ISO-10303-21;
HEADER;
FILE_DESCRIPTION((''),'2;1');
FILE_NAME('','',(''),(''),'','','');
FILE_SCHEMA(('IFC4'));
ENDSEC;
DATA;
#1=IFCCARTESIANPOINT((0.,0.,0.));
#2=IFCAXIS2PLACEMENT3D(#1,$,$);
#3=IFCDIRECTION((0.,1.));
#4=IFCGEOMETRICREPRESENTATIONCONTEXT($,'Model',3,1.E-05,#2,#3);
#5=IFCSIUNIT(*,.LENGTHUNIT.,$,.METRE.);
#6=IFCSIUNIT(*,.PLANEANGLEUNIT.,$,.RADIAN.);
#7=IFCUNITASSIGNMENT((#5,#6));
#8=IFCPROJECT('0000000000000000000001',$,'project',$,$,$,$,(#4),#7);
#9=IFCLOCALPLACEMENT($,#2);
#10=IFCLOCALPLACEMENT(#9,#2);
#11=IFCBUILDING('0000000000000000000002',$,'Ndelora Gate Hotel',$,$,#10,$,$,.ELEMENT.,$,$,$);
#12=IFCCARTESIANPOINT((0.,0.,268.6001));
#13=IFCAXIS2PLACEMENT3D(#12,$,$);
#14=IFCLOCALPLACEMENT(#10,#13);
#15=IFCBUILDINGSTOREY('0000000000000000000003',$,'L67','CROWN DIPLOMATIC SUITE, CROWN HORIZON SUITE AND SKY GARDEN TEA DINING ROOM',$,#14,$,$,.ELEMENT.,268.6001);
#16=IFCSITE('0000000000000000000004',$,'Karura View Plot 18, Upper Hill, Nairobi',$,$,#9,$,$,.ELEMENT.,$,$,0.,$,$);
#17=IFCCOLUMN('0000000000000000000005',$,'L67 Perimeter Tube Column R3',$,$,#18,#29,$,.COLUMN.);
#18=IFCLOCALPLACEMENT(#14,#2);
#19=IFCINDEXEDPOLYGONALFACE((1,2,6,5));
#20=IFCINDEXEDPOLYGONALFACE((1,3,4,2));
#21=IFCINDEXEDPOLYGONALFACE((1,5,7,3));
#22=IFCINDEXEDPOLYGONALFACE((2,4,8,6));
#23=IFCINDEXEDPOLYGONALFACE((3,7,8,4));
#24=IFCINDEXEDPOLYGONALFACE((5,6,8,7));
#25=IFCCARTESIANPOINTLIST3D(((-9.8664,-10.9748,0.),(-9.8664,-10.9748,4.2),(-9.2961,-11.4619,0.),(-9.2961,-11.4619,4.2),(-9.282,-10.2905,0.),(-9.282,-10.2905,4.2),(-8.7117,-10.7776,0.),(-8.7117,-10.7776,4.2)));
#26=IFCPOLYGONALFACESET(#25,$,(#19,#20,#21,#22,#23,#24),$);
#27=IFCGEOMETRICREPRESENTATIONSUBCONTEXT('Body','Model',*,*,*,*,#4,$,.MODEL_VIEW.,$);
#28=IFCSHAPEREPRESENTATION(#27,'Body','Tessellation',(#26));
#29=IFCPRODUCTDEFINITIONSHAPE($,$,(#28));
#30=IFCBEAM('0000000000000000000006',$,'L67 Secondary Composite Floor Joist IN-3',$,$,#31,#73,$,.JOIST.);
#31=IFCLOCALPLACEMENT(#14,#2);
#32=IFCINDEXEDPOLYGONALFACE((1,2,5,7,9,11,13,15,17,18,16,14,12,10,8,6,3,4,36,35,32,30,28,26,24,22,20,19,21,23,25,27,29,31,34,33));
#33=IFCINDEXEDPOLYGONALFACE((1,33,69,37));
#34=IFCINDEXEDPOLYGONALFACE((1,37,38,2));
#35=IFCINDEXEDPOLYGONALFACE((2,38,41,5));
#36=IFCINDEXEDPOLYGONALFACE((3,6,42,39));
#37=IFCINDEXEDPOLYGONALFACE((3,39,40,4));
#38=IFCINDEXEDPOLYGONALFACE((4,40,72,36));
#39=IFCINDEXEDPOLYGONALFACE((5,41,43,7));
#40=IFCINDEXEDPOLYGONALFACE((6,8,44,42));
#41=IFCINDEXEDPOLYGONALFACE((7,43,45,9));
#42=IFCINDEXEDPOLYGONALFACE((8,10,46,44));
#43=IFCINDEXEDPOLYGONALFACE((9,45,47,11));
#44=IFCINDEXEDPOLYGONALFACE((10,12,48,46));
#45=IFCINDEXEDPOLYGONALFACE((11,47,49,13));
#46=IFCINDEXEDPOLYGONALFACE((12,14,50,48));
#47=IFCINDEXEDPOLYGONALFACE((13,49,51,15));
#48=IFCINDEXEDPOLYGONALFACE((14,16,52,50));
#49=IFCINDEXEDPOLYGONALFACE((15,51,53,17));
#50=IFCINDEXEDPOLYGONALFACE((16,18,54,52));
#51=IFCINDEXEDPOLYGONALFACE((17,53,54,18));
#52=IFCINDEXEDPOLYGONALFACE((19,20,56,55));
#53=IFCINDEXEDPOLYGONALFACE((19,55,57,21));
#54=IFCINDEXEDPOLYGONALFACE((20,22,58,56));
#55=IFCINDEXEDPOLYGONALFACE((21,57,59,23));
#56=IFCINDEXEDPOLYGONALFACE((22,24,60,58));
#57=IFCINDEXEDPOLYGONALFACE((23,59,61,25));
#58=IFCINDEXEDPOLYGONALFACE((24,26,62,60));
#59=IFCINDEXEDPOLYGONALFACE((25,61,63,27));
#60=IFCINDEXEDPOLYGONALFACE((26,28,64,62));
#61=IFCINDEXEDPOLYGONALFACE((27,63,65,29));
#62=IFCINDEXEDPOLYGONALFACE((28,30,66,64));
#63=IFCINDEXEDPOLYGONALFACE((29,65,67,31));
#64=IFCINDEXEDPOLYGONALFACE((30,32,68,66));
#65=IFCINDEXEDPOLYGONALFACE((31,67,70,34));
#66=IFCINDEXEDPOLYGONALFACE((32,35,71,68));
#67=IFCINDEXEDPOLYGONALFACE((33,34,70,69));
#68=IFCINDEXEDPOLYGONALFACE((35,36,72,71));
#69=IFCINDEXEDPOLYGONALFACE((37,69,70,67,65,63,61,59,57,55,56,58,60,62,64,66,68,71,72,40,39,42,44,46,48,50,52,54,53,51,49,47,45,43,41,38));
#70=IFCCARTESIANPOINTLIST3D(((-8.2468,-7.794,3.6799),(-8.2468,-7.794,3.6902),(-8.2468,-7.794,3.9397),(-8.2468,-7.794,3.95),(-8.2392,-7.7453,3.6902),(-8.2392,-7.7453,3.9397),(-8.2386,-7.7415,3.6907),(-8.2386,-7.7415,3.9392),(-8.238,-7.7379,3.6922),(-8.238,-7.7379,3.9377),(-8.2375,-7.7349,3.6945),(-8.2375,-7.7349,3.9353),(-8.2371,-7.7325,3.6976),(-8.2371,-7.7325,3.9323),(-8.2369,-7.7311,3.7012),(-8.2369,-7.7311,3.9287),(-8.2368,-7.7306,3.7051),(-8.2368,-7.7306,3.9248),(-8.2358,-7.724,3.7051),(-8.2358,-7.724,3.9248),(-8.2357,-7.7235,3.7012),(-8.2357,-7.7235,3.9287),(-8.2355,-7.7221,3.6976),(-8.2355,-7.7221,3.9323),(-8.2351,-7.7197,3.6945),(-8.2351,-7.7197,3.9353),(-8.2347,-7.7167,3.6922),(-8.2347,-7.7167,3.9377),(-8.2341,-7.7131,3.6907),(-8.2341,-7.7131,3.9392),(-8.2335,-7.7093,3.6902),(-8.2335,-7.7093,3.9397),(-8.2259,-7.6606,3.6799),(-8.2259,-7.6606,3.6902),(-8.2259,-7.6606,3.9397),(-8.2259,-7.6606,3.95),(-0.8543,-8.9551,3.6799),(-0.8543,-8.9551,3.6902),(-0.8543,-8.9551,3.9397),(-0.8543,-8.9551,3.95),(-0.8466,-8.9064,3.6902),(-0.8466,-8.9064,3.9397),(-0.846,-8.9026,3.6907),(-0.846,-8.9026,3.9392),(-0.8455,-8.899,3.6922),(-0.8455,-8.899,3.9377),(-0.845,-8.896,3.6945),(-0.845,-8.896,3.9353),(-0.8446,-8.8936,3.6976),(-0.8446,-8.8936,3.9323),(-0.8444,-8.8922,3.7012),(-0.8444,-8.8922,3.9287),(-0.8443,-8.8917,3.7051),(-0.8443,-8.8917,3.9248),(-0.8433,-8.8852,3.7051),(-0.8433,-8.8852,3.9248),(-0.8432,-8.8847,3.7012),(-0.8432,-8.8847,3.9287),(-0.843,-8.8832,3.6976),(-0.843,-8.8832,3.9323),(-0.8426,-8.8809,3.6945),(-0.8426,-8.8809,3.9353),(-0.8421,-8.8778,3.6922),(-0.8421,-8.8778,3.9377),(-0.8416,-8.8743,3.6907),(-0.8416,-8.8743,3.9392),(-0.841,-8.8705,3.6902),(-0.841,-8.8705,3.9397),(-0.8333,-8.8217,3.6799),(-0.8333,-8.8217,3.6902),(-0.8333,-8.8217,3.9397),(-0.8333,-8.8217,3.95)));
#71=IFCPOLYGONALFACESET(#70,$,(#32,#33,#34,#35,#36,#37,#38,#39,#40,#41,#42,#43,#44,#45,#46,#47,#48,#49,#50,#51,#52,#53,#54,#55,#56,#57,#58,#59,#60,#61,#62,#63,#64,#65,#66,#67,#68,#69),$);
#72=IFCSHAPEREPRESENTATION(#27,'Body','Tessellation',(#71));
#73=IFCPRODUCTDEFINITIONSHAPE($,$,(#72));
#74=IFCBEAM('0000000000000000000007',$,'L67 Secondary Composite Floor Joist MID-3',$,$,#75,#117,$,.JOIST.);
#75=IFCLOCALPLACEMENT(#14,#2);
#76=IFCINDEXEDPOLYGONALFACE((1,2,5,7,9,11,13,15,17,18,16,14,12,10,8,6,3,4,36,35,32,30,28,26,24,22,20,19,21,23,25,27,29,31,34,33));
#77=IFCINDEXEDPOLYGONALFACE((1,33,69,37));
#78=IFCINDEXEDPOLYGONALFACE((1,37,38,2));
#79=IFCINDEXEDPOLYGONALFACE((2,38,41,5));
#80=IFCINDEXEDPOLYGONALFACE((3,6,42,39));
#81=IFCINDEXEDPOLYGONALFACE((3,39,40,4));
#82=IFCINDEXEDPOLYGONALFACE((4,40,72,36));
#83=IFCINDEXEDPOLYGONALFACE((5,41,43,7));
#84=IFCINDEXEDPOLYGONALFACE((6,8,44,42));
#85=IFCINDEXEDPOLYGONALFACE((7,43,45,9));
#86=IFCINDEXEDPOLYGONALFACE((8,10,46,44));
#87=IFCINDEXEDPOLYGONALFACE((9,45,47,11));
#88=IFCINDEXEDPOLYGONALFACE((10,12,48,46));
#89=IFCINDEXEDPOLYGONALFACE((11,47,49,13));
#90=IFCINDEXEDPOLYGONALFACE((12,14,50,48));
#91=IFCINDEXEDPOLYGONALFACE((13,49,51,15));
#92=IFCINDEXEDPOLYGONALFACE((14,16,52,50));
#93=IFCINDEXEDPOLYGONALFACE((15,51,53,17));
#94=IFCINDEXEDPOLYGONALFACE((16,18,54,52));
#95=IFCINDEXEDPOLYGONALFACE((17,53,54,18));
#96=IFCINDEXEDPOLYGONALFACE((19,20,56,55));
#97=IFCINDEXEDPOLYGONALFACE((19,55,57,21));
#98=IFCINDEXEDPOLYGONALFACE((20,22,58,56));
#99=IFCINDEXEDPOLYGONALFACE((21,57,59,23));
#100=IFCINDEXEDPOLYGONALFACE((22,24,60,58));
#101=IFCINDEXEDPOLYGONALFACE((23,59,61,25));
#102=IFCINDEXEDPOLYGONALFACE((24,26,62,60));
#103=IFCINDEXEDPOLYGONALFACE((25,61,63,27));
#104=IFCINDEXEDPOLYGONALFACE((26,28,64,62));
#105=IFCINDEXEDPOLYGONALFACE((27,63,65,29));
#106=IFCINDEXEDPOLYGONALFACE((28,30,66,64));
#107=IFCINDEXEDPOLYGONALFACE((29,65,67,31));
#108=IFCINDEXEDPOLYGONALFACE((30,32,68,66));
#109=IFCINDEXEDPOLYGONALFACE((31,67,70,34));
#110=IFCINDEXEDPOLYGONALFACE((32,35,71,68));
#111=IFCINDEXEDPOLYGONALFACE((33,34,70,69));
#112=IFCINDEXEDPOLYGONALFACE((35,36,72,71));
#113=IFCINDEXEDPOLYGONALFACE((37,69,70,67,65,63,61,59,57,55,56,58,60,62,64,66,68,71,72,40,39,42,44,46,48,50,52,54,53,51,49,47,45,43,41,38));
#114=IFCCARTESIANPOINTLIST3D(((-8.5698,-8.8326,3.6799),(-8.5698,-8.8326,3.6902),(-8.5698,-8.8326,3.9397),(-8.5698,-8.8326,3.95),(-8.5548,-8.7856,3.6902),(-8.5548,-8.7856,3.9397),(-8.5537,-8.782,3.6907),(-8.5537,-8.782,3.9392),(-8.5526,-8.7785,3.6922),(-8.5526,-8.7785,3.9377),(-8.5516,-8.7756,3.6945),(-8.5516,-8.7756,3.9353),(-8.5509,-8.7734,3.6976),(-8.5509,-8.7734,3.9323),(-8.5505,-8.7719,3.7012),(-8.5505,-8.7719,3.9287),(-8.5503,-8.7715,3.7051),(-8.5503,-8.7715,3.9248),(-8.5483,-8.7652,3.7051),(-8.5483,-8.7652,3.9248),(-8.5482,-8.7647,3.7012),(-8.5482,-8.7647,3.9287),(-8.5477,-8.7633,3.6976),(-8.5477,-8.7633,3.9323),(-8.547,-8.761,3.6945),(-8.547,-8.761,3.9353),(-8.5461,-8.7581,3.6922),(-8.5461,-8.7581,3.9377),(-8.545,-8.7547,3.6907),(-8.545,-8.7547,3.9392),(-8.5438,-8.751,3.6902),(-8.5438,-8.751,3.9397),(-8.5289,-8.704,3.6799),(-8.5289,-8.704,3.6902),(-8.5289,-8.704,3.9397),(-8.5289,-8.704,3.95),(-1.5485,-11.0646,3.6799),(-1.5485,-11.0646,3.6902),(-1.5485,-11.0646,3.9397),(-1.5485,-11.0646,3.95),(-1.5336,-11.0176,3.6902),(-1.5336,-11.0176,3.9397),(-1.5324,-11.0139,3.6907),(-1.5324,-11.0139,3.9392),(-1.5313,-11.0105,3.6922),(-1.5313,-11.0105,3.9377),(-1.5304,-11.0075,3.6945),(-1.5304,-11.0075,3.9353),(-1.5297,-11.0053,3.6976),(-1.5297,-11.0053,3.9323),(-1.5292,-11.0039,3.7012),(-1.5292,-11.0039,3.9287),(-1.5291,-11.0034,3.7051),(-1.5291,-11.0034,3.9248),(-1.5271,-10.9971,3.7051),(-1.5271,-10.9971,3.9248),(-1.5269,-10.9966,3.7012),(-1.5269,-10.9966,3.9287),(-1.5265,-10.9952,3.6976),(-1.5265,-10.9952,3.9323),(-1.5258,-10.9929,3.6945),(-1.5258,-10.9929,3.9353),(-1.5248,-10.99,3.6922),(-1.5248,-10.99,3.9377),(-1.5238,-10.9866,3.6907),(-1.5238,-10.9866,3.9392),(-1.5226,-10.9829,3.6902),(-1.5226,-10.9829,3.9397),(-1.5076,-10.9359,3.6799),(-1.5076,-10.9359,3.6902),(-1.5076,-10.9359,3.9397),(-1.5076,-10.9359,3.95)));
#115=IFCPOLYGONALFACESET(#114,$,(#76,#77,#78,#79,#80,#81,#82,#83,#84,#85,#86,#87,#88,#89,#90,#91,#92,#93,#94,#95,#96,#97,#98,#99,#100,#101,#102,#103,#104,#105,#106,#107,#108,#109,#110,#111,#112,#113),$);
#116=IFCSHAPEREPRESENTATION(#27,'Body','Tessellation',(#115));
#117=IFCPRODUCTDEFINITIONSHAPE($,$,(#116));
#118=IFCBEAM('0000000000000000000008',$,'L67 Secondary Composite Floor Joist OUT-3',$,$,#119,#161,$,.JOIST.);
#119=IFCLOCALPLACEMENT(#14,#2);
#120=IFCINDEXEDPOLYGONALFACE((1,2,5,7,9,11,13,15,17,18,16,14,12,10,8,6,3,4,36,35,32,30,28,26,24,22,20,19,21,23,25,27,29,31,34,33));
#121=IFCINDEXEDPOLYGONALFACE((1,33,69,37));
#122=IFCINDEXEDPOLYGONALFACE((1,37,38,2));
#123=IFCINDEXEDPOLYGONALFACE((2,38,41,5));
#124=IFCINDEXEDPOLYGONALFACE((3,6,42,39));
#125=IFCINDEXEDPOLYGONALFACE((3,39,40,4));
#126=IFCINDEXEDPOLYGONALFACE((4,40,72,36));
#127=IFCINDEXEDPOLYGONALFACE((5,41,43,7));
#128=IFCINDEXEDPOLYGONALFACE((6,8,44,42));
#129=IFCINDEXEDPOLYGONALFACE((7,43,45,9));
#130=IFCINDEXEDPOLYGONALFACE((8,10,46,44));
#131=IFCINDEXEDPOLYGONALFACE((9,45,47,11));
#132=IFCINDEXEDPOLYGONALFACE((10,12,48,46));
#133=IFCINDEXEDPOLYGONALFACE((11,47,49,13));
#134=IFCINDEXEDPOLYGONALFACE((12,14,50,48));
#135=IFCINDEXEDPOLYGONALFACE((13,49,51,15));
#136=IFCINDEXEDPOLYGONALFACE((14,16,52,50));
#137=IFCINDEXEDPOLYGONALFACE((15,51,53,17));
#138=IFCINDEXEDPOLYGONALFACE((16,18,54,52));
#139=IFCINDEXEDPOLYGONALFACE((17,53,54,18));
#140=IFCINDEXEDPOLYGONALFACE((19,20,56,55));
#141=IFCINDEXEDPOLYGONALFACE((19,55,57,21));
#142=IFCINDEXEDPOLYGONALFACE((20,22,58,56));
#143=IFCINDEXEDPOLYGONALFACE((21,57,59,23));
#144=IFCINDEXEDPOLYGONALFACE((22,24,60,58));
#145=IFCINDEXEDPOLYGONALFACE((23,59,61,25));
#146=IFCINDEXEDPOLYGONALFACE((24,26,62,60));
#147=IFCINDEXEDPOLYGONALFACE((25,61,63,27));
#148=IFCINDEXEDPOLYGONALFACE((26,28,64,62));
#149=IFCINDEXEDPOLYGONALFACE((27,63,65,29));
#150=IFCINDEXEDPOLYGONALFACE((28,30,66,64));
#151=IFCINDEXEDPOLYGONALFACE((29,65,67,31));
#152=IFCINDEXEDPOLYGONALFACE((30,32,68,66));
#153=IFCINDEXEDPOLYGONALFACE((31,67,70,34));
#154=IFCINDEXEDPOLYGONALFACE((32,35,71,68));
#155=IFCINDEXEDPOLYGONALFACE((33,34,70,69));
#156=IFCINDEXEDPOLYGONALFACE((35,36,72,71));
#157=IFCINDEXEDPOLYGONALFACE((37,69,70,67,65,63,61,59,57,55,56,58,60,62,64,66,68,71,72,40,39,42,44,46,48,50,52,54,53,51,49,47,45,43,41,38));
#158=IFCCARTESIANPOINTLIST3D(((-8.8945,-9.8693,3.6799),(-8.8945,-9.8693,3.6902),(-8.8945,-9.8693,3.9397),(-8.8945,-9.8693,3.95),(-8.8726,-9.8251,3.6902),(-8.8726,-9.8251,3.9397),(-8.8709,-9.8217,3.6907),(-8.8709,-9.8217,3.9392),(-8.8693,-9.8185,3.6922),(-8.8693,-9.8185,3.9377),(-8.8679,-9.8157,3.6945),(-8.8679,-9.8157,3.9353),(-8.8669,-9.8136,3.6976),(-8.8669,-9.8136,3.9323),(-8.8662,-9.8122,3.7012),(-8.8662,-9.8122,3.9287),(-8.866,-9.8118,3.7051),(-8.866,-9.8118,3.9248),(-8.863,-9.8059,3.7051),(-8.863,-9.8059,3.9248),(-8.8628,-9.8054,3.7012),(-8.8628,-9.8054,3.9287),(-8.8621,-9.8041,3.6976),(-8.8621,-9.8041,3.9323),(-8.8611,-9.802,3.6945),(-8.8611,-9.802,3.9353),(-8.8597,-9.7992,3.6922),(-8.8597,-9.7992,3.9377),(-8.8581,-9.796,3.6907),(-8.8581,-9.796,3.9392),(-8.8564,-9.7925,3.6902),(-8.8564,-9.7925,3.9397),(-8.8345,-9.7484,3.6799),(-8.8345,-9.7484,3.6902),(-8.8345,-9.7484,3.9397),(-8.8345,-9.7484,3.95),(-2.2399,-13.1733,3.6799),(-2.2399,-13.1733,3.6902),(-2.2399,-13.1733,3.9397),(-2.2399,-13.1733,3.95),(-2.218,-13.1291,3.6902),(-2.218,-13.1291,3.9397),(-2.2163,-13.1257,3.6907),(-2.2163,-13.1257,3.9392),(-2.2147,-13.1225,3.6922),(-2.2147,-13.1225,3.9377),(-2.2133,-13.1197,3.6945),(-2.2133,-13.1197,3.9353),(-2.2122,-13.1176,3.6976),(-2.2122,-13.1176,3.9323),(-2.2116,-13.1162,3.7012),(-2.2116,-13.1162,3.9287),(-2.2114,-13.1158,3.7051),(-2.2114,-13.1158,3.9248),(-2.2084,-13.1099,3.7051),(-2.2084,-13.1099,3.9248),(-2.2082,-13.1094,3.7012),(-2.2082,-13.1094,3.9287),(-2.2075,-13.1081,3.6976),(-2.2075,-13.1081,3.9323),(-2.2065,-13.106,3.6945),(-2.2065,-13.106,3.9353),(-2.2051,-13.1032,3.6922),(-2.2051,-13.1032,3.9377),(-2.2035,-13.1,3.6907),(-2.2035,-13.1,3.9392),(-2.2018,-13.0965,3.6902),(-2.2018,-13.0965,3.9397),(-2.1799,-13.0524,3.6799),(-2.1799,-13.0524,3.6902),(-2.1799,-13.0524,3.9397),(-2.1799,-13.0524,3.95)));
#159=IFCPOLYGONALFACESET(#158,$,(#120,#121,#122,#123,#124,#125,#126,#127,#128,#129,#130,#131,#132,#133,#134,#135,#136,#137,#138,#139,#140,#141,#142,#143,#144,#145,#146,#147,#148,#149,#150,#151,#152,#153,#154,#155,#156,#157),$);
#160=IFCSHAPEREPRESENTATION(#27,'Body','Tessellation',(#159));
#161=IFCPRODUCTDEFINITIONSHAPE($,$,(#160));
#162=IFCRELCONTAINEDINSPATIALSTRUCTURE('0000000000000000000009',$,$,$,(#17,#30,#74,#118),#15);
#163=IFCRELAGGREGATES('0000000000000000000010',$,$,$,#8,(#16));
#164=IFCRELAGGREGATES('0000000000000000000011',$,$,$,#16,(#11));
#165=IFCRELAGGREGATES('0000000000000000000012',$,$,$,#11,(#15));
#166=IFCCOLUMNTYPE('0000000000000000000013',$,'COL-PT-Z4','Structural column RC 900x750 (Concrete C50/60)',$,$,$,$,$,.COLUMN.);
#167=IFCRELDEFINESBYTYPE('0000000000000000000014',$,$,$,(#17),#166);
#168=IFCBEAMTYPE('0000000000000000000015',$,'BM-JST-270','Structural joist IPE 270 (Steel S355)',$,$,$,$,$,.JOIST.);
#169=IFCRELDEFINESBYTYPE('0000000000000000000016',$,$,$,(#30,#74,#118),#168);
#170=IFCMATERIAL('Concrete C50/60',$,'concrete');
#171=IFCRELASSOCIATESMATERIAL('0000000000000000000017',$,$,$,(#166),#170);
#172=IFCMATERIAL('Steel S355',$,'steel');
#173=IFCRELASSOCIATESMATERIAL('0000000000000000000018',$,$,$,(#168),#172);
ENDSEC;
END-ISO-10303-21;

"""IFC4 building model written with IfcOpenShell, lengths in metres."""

from ifc_helpers import new_model, si_unit, direction, frame, origin, origin_2d, place, context, subcontext, project, spatial, rectangle, i_section, extrude, material, material_profile, profile_set, type_object, element, save


model = new_model("IFC4")

# Units and contexts
model_context = context("Model", 3, precision=1e-05, world=origin(), true_north=direction((0.0, 1.0)))
body_context = subcontext(model_context, "Body", "Model", "MODEL_VIEW")
ifc_project = project(units=[si_unit("LENGTHUNIT", "METRE"), si_unit("PLANEANGLEUNIT", "RADIAN")], contexts=[model_context])

# Site, building, storey
site_placement = place(None, origin())
site = spatial("IfcSite", under=ifc_project, at=site_placement, Name="Karura View Plot 18, Upper Hill, Nairobi", CompositionType="ELEMENT", RefElevation=0.0)
building_placement = place(site_placement, origin())
building = spatial("IfcBuilding", under=site, at=building_placement, Name="Ndelora Gate Hotel", CompositionType="ELEMENT")
storey_placement = place(building_placement, frame((0.0, 0.0, 268.6001)))
storey = spatial("IfcBuildingStorey", under=building, at=storey_placement, Name="L67", Description="CROWN DIPLOMATIC SUITE, CROWN HORIZON SUITE AND SKY GARDEN TEA DINING ROOM", CompositionType="ELEMENT", Elevation=268.6001)

# Column
ifc_material_1 = material(Name="Concrete C50/60", Category="concrete")
ifc_material_profile_1 = material_profile(ifc_material_1, rectangle(XDim=0.75, YDim=0.8999, at=origin_2d()), Name="RC 900x750")
ifc_profile_set_1 = profile_set([ifc_material_profile_1], Name="Concrete C50/60")
column_type = type_object("IfcColumnType", Name="COL-PT-Z4", Description="Structural column RC 900x750 (Concrete C50/60)", PredefinedType="COLUMN", material=ifc_profile_set_1)
column_placement = place(storey_placement, frame((-9.2891, -10.8762, 0.0), z_axis=(0.0, 0.0, 1.0), x_axis=(-0.760406, 0.649448, 0.0)))
element("IfcColumn", 1, at=column_placement, inside=storey, type_object=column_type, Name="L67 Perimeter Tube Column R3", PredefinedType="COLUMN", context=body_context, shape_type="SweptSolid", body=[
    extrude(rectangle(XDim=0.75, YDim=0.8999, at=origin_2d()), origin(), (0.0, 0.0, 1.0), 4.2),
])

# Beams
ifc_material_2 = material(Name="Steel S355", Category="steel")
ifc_material_profile_2 = material_profile(ifc_material_2, i_section(OverallWidth=0.135, OverallDepth=0.27, WebThickness=0.0066, FlangeThickness=0.0103, FilletRadius=0.0149, at=origin_2d()), Name="IPE 270")
ifc_profile_set_2 = profile_set([ifc_material_profile_2], Name="Steel S355")
beam_type_1 = type_object("IfcBeamType", Name="BM-JST-270", Description="Structural joist IPE 270 (Steel S355)", PredefinedType="JOIST", material=ifc_profile_set_2)
beam_1_placement = place(storey_placement, frame((-8.2363, -7.7273, 3.8149), z_axis=(0.987889, -0.155165, 0.0), x_axis=(0.155165, 0.987889, 0.0)))
element("IfcBeam", 2, at=beam_1_placement, inside=storey, type_object=beam_type_1, Name="L67 Secondary Composite Floor Joist IN-3", PredefinedType="JOIST", context=body_context, shape_type="SweptSolid", body=[
    extrude(i_section(OverallWidth=0.135, OverallDepth=0.27, WebThickness=0.0066, FlangeThickness=0.0103, FilletRadius=0.0149, at=origin_2d()), origin(), (0.0, 0.0, 1.0), 7.4832),
])
beam_2_placement = place(storey_placement, frame((-8.5493, -8.7683, 3.8149), z_axis=(0.953008, -0.302945, 0.0), x_axis=(0.302945, 0.953008, 0.0)))
element("IfcBeam", 3, at=beam_2_placement, inside=storey, type_object=beam_type_1, Name="L67 Secondary Composite Floor Joist MID-3", PredefinedType="JOIST", context=body_context, shape_type="SweptSolid", body=[
    extrude(i_section(OverallWidth=0.135, OverallDepth=0.27, WebThickness=0.0066, FlangeThickness=0.0103, FilletRadius=0.0149, at=origin_2d()), origin(), (0.0, 0.0, 1.0), 7.3674),
])
beam_3_placement = place(storey_placement, frame((-8.8645, -9.8088, 3.8149), z_axis=(0.895679, -0.444701, 0.0), x_axis=(0.444701, 0.895679, 0.0)))
element("IfcBeam", 4, at=beam_3_placement, inside=storey, type_object=beam_type_1, Name="L67 Secondary Composite Floor Joist OUT-3", PredefinedType="JOIST", context=body_context, shape_type="SweptSolid", body=[
    extrude(i_section(OverallWidth=0.135, OverallDepth=0.27, WebThickness=0.0066, FlangeThickness=0.0103, FilletRadius=0.0149, at=origin_2d()), origin(), (0.0, 0.0, 1.0), 7.4297),
])

save(model, "model.ifc")
